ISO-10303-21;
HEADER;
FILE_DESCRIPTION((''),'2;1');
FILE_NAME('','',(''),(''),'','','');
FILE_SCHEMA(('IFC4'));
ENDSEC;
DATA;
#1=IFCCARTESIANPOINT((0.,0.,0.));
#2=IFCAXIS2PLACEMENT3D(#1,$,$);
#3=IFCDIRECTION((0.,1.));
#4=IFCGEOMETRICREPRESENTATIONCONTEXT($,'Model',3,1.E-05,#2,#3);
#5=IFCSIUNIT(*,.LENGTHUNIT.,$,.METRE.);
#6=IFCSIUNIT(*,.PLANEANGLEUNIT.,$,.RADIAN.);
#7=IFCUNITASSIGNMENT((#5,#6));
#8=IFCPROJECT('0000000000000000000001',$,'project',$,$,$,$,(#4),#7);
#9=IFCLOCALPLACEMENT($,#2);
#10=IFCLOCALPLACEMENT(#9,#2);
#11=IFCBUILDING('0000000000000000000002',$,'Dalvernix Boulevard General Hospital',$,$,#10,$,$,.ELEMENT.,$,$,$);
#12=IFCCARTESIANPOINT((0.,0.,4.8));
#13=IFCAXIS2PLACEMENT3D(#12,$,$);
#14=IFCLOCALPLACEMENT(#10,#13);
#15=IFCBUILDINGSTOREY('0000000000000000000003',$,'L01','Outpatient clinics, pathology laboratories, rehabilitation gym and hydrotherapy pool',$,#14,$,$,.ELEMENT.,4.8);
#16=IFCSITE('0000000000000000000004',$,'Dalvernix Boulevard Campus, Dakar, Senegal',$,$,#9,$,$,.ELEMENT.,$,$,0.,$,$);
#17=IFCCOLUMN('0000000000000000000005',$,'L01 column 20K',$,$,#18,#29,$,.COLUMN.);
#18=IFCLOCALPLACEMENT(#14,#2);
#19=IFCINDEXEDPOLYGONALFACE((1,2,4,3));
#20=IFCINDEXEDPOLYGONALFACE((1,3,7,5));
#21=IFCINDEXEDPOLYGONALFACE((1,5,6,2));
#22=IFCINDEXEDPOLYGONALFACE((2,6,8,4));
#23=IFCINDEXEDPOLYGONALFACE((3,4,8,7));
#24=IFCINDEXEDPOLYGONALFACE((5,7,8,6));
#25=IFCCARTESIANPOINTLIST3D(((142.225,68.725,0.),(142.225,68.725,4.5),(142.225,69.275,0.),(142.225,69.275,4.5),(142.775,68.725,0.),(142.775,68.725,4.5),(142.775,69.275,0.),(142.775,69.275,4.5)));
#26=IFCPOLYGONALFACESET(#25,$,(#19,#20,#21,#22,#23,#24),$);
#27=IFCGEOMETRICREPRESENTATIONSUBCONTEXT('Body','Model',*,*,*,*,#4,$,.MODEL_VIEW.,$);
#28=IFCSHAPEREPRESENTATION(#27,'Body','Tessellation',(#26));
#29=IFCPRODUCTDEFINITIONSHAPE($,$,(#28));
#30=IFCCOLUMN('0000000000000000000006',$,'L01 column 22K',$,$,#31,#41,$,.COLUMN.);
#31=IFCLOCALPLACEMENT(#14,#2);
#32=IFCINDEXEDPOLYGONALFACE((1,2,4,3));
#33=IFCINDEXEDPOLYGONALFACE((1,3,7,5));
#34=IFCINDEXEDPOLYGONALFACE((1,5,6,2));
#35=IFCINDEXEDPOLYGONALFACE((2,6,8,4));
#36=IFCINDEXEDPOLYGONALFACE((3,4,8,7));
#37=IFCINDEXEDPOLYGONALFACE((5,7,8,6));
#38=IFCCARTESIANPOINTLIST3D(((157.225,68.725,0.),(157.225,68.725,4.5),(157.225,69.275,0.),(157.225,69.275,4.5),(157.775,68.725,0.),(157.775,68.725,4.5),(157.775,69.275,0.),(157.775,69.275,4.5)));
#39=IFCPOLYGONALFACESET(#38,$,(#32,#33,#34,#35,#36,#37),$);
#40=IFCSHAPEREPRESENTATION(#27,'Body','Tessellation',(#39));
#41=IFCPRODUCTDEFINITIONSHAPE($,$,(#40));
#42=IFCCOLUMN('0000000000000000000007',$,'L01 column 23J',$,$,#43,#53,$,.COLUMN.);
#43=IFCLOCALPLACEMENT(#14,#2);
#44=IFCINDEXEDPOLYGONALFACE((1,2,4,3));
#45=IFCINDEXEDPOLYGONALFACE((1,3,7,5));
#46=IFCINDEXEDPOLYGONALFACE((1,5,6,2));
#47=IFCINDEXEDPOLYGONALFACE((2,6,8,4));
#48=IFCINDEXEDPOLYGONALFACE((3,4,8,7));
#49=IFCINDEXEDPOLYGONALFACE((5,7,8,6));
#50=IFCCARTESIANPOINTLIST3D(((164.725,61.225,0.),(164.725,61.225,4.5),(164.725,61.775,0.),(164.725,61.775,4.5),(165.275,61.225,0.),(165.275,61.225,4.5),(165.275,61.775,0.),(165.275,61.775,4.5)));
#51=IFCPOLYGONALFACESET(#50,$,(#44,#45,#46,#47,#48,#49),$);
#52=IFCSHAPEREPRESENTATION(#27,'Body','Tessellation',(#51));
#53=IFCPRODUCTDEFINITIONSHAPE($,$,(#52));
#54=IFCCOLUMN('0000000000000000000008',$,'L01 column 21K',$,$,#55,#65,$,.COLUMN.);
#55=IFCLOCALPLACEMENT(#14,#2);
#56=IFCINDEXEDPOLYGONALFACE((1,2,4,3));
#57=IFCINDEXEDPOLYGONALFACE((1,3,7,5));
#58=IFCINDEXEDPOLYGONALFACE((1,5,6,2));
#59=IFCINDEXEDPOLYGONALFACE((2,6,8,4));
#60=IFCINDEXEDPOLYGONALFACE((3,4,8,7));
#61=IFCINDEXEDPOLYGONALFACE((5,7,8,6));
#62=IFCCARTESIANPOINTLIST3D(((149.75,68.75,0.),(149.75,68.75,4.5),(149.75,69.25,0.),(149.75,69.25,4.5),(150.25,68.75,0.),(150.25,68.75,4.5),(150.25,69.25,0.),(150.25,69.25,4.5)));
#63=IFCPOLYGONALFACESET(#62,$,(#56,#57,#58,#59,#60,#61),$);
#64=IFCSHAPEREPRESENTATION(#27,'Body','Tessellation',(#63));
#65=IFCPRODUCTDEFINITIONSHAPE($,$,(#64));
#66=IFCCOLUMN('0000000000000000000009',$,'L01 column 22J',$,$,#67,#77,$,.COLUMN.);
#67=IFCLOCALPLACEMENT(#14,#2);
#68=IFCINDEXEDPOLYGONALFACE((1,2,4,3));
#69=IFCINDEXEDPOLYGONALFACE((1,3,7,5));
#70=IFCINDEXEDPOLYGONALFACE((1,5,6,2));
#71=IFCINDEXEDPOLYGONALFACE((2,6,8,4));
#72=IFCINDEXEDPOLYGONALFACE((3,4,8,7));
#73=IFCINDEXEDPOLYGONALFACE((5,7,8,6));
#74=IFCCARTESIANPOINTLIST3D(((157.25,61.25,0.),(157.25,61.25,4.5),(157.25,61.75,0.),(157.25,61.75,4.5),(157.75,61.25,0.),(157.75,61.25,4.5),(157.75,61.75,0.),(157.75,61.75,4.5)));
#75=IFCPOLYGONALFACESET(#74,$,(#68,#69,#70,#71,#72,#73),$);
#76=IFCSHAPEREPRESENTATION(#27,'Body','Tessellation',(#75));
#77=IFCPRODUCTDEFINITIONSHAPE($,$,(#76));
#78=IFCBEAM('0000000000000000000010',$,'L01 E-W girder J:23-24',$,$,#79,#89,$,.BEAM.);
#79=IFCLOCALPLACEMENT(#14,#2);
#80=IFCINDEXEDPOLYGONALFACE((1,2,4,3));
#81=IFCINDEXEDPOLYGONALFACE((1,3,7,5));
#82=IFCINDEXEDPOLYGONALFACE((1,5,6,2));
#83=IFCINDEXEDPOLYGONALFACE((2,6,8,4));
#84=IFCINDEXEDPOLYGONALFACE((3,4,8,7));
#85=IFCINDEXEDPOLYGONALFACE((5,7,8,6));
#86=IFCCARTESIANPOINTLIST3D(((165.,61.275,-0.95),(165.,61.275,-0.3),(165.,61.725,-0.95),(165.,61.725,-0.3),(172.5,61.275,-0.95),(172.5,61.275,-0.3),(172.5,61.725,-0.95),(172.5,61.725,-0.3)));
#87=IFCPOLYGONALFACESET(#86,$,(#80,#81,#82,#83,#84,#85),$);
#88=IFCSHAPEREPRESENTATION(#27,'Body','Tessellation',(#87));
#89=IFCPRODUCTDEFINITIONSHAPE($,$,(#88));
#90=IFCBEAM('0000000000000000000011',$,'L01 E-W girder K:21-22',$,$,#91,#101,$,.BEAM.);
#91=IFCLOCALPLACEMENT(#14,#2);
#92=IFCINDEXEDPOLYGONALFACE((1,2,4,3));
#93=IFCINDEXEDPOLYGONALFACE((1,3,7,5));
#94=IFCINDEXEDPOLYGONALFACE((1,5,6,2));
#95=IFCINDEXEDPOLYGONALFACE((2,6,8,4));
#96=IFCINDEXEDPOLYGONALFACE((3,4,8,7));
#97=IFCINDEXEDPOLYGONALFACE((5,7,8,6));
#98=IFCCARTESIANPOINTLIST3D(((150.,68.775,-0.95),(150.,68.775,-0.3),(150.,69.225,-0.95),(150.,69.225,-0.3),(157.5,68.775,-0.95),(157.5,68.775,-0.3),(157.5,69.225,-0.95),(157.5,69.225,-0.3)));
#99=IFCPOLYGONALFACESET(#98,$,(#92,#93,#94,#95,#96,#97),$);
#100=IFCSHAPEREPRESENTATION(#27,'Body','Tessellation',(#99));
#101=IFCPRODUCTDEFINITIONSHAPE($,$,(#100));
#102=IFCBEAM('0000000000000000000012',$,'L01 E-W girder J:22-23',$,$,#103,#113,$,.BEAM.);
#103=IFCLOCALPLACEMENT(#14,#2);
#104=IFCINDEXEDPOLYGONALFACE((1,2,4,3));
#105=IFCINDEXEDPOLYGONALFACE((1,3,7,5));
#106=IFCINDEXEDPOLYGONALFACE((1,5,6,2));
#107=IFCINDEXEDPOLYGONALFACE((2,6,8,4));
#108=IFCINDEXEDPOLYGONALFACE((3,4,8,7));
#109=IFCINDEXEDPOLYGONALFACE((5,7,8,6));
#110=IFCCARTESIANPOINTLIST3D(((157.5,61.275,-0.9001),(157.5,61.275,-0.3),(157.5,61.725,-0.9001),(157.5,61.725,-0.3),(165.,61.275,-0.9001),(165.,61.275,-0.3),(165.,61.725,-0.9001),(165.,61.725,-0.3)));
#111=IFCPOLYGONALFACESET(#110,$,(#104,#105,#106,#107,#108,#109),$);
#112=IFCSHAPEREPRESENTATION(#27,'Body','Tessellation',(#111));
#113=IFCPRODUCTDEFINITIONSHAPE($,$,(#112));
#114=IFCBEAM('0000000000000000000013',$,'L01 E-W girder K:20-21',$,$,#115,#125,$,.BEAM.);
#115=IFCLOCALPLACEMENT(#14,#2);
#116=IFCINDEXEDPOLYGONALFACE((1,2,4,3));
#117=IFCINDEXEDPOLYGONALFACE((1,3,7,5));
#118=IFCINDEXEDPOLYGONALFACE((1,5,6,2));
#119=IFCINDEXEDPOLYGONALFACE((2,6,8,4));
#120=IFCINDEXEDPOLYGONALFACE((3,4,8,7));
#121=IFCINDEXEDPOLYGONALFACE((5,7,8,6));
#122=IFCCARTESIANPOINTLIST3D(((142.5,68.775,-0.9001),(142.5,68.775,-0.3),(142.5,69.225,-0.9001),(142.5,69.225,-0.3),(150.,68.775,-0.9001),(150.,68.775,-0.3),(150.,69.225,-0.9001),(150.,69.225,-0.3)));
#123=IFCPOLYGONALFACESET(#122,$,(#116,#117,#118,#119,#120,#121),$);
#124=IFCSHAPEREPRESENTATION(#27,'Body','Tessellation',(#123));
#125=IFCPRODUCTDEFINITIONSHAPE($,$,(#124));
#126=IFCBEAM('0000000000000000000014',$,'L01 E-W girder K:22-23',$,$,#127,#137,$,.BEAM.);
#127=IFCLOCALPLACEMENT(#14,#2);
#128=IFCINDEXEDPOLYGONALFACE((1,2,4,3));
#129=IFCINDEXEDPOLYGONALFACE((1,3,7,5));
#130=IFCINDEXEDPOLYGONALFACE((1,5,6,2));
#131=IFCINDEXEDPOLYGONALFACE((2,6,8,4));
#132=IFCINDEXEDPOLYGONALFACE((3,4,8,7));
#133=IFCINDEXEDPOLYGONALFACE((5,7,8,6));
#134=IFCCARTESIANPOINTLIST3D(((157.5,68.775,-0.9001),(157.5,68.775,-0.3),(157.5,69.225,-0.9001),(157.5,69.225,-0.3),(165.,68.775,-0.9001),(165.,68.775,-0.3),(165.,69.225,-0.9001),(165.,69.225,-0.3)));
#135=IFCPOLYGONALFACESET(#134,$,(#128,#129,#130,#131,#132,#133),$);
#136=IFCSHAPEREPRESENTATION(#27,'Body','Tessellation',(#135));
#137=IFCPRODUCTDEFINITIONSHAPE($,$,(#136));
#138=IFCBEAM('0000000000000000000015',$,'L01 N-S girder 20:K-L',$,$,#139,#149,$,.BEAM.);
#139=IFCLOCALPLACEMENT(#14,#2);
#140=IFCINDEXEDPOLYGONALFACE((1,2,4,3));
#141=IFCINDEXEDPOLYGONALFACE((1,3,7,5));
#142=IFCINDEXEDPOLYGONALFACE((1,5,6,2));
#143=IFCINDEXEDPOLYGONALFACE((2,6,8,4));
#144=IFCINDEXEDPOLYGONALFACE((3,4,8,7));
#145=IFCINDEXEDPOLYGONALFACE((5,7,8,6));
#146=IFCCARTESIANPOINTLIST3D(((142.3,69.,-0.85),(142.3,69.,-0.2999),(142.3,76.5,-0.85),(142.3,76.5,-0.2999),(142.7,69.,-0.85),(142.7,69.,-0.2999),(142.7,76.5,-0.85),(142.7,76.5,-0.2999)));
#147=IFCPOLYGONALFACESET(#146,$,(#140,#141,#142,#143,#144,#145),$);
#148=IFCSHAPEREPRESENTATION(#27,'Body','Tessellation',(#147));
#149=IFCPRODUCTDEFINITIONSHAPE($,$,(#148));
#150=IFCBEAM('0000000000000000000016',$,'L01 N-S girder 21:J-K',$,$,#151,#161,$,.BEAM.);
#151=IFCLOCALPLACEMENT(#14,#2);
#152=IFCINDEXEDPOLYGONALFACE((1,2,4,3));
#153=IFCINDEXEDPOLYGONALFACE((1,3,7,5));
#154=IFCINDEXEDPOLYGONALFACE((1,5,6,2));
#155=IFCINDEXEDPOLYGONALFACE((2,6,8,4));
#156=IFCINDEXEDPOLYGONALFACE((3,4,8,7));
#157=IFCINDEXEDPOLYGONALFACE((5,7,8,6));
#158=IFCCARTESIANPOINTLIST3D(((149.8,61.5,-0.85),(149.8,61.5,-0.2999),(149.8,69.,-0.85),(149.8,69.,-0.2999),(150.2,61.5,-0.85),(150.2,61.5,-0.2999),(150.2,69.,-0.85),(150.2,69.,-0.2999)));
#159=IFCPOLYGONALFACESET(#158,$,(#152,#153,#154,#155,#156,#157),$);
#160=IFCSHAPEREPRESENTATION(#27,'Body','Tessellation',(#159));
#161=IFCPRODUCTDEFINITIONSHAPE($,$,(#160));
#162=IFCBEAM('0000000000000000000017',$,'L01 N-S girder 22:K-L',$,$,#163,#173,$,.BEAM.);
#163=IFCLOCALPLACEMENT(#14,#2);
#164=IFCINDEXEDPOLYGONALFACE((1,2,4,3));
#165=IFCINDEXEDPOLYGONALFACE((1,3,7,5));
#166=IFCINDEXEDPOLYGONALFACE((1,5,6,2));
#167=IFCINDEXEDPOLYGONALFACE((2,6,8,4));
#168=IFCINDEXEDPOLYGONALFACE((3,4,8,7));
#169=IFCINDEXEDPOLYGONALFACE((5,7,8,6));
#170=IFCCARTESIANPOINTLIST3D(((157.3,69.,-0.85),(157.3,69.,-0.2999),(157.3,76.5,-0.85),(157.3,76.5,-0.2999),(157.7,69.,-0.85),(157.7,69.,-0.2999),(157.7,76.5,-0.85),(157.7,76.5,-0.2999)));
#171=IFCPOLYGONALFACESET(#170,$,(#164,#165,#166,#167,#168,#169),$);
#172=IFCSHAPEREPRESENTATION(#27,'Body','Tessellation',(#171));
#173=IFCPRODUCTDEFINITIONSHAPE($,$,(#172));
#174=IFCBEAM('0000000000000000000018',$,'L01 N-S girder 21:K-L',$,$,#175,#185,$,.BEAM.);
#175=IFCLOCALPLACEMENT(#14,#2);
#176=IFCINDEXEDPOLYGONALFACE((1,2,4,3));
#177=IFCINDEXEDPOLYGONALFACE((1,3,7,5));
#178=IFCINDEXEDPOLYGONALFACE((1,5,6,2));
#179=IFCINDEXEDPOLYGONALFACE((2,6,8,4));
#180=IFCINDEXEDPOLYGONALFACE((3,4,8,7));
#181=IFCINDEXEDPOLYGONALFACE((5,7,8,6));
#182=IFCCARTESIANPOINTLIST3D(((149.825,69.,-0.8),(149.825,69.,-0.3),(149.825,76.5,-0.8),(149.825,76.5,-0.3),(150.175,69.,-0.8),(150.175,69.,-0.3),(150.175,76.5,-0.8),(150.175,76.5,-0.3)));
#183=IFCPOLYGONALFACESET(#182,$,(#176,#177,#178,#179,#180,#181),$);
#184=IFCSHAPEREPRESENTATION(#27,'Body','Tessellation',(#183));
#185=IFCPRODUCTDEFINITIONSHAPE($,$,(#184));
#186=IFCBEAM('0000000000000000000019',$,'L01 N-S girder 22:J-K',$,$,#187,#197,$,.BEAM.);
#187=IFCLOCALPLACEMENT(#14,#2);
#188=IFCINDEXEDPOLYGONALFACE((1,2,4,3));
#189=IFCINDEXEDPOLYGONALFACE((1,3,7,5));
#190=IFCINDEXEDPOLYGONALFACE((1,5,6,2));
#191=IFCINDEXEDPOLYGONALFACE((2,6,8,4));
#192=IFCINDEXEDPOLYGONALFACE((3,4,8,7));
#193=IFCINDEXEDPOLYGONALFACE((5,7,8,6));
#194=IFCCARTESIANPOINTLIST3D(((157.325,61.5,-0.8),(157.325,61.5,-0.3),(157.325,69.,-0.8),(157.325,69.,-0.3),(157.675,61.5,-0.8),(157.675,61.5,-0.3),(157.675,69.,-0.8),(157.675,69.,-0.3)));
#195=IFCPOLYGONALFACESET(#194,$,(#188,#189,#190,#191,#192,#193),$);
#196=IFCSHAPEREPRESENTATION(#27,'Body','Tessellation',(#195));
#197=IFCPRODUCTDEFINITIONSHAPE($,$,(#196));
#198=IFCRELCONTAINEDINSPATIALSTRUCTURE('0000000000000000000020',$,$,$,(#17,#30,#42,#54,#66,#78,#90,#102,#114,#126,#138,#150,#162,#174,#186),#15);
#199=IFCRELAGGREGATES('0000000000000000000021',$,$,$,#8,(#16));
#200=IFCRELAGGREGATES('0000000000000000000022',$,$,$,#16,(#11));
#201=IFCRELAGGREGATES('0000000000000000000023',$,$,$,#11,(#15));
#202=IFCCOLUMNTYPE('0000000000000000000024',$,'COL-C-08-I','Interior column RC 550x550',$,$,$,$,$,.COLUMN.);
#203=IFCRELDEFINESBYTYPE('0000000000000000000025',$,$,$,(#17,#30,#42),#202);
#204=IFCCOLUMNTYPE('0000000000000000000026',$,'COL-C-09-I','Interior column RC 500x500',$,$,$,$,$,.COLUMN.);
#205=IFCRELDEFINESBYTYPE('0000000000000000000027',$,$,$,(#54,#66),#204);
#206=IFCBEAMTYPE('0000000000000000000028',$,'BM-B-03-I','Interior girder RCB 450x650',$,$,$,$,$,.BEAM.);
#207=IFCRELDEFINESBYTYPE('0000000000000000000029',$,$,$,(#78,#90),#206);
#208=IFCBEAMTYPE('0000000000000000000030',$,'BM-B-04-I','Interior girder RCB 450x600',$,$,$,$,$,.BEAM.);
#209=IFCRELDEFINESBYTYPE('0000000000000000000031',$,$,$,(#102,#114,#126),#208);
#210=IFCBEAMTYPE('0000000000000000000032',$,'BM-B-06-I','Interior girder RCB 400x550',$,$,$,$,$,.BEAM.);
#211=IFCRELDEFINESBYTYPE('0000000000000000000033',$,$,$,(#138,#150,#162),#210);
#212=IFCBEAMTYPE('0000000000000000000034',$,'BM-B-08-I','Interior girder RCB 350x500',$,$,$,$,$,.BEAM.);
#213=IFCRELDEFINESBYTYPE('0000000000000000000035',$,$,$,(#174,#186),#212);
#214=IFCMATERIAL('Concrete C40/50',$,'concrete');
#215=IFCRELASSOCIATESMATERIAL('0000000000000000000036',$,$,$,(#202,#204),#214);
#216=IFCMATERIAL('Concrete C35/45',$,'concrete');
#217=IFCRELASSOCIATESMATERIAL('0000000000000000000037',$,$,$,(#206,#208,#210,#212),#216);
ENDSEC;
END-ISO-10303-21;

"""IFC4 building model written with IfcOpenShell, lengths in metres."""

from ifc_helpers import new_model, si_unit, direction, frame, origin, origin_2d, place, context, subcontext, project, spatial, rectangle, extrude, material, material_profile, profile_set, type_object, element, save


model = new_model("IFC4")

# Units and contexts
model_context = context("Model", 3, precision=1e-05, world=origin(), true_north=direction((0.0, 1.0)))
body_context = subcontext(model_context, "Body", "Model", "MODEL_VIEW")
ifc_project = project(units=[si_unit("LENGTHUNIT", "METRE"), si_unit("PLANEANGLEUNIT", "RADIAN")], contexts=[model_context])

# Site, building, storey
site_placement = place(None, origin())
site = spatial("IfcSite", under=ifc_project, at=site_placement, Name="Dalvernix Boulevard Campus, Dakar, Senegal", CompositionType="ELEMENT", RefElevation=0.0)
building_placement = place(site_placement, origin())
building = spatial("IfcBuilding", under=site, at=building_placement, Name="Dalvernix Boulevard General Hospital", CompositionType="ELEMENT")
storey_placement = place(building_placement, frame((0.0, 0.0, 4.8)))
storey = spatial("IfcBuildingStorey", under=building, at=storey_placement, Name="L01", Description="Outpatient clinics, pathology laboratories, rehabilitation gym and hydrotherapy pool", CompositionType="ELEMENT", Elevation=4.8)

# Columns
ifc_material_1 = material(Name="Concrete C40/50", Category="concrete")
ifc_material_profile_1 = material_profile(ifc_material_1, rectangle(XDim=0.55, YDim=0.55, at=origin_2d()), Name="RC 550x550")
ifc_profile_set_1 = profile_set([ifc_material_profile_1], Name="Concrete C40/50")
column_type_1 = type_object("IfcColumnType", Name="COL-C-08-I", Description="Interior column RC 550x550", PredefinedType="COLUMN", material=ifc_profile_set_1)
for number, where, z_axis, x_axis, name in (
    (1, (142.5, 69.0, 0.0), (0.0, 0.0, 1.0), (1.0, 0.0, 0.0), "L01 column 20K"),
    (2, (157.5, 69.0, 0.0), (0.0, 0.0, 1.0), (1.0, 0.0, 0.0), "L01 column 22K"),
    (3, (165.0, 61.5, 0.0), (0.0, 0.0, 1.0), (1.0, 0.0, 0.0), "L01 column 23J"),
):
    element("IfcColumn", number, at=place(storey_placement, frame(where, z_axis=z_axis, x_axis=x_axis)), inside=storey, type_object=column_type_1, Name=name, PredefinedType="COLUMN", context=body_context, shape_type="SweptSolid", body=[
        extrude(rectangle(XDim=0.55, YDim=0.55, at=origin_2d()), origin(), (0.0, 0.0, 1.0), 4.5),
    ])
ifc_material_profile_2 = material_profile(ifc_material_1, rectangle(XDim=0.5, YDim=0.5, at=origin_2d()), Name="RC 500x500")
ifc_profile_set_2 = profile_set([ifc_material_profile_2], Name="Concrete C40/50")
column_type_2 = type_object("IfcColumnType", Name="COL-C-09-I", Description="Interior column RC 500x500", PredefinedType="COLUMN", material=ifc_profile_set_2)
for number, where, z_axis, x_axis, name in (
    (4, (150.0, 69.0, 0.0), (0.0, 0.0, 1.0), (1.0, 0.0, 0.0), "L01 column 21K"),
    (5, (157.5, 61.5, 0.0), (0.0, 0.0, 1.0), (1.0, 0.0, 0.0), "L01 column 22J"),
):
    element("IfcColumn", number, at=place(storey_placement, frame(where, z_axis=z_axis, x_axis=x_axis)), inside=storey, type_object=column_type_2, Name=name, PredefinedType="COLUMN", context=body_context, shape_type="SweptSolid", body=[
        extrude(rectangle(XDim=0.5, YDim=0.5, at=origin_2d()), origin(), (0.0, 0.0, 1.0), 4.5),
    ])

# Beams
ifc_material_2 = material(Name="Concrete C35/45", Category="concrete")
ifc_material_profile_3 = material_profile(ifc_material_2, rectangle(XDim=0.45, YDim=0.6499, at=origin_2d()), Name="RCB 450x650")
ifc_profile_set_3 = profile_set([ifc_material_profile_3], Name="Concrete C35/45")
beam_type_1 = type_object("IfcBeamType", Name="BM-B-03-I", Description="Interior girder RCB 450x650", PredefinedType="BEAM", material=ifc_profile_set_3)
for number, where, z_axis, x_axis, name in (
    (6, (165.0, 61.5, -0.625), (1.0, 0.0, 0.0), (0.0, 1.0, 0.0), "L01 E-W girder J:23-24"),
    (7, (150.0, 69.0, -0.625), (1.0, 0.0, 0.0), (0.0, 1.0, 0.0), "L01 E-W girder K:21-22"),
):
    element("IfcBeam", number, at=place(storey_placement, frame(where, z_axis=z_axis, x_axis=x_axis)), inside=storey, type_object=beam_type_1, Name=name, PredefinedType="BEAM", context=body_context, shape_type="SweptSolid", body=[
        extrude(rectangle(XDim=0.45, YDim=0.6499, at=origin_2d()), origin(), (0.0, 0.0, 1.0), 7.5),
    ])
ifc_material_profile_4 = material_profile(ifc_material_2, rectangle(XDim=0.45, YDim=0.6001, at=origin_2d()), Name="RCB 450x600")
ifc_profile_set_4 = profile_set([ifc_material_profile_4], Name="Concrete C35/45")
beam_type_2 = type_object("IfcBeamType", Name="BM-B-04-I", Description="Interior girder RCB 450x600", PredefinedType="BEAM", material=ifc_profile_set_4)
for number, where, z_axis, x_axis, name in (
    (8, (157.5, 61.5, -0.6001), (1.0, 0.0, 0.0), (0.0, 1.0, 0.0), "L01 E-W girder J:22-23"),
    (9, (142.5, 69.0, -0.6001), (1.0, 0.0, 0.0), (0.0, 1.0, 0.0), "L01 E-W girder K:20-21"),
    (10, (157.5, 69.0, -0.6001), (1.0, 0.0, 0.0), (0.0, 1.0, 0.0), "L01 E-W girder K:22-23"),
):
    element("IfcBeam", number, at=place(storey_placement, frame(where, z_axis=z_axis, x_axis=x_axis)), inside=storey, type_object=beam_type_2, Name=name, PredefinedType="BEAM", context=body_context, shape_type="SweptSolid", body=[
        extrude(rectangle(XDim=0.45, YDim=0.6001, at=origin_2d()), origin(), (0.0, 0.0, 1.0), 7.5),
    ])
ifc_material_profile_5 = material_profile(ifc_material_2, rectangle(XDim=0.3999, YDim=0.55, at=origin_2d()), Name="RCB 400x550")
ifc_profile_set_5 = profile_set([ifc_material_profile_5], Name="Concrete C35/45")
beam_type_3 = type_object("IfcBeamType", Name="BM-B-06-I", Description="Interior girder RCB 400x550", PredefinedType="BEAM", material=ifc_profile_set_5)
for number, where, z_axis, x_axis, name in (
    (11, (142.5, 69.0, -0.575), (0.0, 1.0, 0.0), (-1.0, 0.0, 0.0), "L01 N-S girder 20:K-L"),
    (12, (150.0, 61.5, -0.575), (0.0, 1.0, 0.0), (-1.0, 0.0, 0.0), "L01 N-S girder 21:J-K"),
    (13, (157.5, 69.0, -0.575), (0.0, 1.0, 0.0), (-1.0, 0.0, 0.0), "L01 N-S girder 22:K-L"),
):
    element("IfcBeam", number, at=place(storey_placement, frame(where, z_axis=z_axis, x_axis=x_axis)), inside=storey, type_object=beam_type_3, Name=name, PredefinedType="BEAM", context=body_context, shape_type="SweptSolid", body=[
        extrude(rectangle(XDim=0.3999, YDim=0.55, at=origin_2d()), origin(), (0.0, 0.0, 1.0), 7.5),
    ])
ifc_material_profile_6 = material_profile(ifc_material_2, rectangle(XDim=0.3501, YDim=0.5, at=origin_2d()), Name="RCB 350x500")
ifc_profile_set_6 = profile_set([ifc_material_profile_6], Name="Concrete C35/45")
beam_type_4 = type_object("IfcBeamType", Name="BM-B-08-I", Description="Interior girder RCB 350x500", PredefinedType="BEAM", material=ifc_profile_set_6)
for number, where, z_axis, x_axis, name in (
    (14, (150.0, 69.0, -0.55), (0.0, 1.0, 0.0), (-1.0, 0.0, 0.0), "L01 N-S girder 21:K-L"),
    (15, (157.5, 61.5, -0.55), (0.0, 1.0, 0.0), (-1.0, 0.0, 0.0), "L01 N-S girder 22:J-K"),
):
    element("IfcBeam", number, at=place(storey_placement, frame(where, z_axis=z_axis, x_axis=x_axis)), inside=storey, type_object=beam_type_4, Name=name, PredefinedType="BEAM", context=body_context, shape_type="SweptSolid", body=[
        extrude(rectangle(XDim=0.3501, YDim=0.5, at=origin_2d()), origin(), (0.0, 0.0, 1.0), 7.5),
    ])

save(model, "model.ifc")
